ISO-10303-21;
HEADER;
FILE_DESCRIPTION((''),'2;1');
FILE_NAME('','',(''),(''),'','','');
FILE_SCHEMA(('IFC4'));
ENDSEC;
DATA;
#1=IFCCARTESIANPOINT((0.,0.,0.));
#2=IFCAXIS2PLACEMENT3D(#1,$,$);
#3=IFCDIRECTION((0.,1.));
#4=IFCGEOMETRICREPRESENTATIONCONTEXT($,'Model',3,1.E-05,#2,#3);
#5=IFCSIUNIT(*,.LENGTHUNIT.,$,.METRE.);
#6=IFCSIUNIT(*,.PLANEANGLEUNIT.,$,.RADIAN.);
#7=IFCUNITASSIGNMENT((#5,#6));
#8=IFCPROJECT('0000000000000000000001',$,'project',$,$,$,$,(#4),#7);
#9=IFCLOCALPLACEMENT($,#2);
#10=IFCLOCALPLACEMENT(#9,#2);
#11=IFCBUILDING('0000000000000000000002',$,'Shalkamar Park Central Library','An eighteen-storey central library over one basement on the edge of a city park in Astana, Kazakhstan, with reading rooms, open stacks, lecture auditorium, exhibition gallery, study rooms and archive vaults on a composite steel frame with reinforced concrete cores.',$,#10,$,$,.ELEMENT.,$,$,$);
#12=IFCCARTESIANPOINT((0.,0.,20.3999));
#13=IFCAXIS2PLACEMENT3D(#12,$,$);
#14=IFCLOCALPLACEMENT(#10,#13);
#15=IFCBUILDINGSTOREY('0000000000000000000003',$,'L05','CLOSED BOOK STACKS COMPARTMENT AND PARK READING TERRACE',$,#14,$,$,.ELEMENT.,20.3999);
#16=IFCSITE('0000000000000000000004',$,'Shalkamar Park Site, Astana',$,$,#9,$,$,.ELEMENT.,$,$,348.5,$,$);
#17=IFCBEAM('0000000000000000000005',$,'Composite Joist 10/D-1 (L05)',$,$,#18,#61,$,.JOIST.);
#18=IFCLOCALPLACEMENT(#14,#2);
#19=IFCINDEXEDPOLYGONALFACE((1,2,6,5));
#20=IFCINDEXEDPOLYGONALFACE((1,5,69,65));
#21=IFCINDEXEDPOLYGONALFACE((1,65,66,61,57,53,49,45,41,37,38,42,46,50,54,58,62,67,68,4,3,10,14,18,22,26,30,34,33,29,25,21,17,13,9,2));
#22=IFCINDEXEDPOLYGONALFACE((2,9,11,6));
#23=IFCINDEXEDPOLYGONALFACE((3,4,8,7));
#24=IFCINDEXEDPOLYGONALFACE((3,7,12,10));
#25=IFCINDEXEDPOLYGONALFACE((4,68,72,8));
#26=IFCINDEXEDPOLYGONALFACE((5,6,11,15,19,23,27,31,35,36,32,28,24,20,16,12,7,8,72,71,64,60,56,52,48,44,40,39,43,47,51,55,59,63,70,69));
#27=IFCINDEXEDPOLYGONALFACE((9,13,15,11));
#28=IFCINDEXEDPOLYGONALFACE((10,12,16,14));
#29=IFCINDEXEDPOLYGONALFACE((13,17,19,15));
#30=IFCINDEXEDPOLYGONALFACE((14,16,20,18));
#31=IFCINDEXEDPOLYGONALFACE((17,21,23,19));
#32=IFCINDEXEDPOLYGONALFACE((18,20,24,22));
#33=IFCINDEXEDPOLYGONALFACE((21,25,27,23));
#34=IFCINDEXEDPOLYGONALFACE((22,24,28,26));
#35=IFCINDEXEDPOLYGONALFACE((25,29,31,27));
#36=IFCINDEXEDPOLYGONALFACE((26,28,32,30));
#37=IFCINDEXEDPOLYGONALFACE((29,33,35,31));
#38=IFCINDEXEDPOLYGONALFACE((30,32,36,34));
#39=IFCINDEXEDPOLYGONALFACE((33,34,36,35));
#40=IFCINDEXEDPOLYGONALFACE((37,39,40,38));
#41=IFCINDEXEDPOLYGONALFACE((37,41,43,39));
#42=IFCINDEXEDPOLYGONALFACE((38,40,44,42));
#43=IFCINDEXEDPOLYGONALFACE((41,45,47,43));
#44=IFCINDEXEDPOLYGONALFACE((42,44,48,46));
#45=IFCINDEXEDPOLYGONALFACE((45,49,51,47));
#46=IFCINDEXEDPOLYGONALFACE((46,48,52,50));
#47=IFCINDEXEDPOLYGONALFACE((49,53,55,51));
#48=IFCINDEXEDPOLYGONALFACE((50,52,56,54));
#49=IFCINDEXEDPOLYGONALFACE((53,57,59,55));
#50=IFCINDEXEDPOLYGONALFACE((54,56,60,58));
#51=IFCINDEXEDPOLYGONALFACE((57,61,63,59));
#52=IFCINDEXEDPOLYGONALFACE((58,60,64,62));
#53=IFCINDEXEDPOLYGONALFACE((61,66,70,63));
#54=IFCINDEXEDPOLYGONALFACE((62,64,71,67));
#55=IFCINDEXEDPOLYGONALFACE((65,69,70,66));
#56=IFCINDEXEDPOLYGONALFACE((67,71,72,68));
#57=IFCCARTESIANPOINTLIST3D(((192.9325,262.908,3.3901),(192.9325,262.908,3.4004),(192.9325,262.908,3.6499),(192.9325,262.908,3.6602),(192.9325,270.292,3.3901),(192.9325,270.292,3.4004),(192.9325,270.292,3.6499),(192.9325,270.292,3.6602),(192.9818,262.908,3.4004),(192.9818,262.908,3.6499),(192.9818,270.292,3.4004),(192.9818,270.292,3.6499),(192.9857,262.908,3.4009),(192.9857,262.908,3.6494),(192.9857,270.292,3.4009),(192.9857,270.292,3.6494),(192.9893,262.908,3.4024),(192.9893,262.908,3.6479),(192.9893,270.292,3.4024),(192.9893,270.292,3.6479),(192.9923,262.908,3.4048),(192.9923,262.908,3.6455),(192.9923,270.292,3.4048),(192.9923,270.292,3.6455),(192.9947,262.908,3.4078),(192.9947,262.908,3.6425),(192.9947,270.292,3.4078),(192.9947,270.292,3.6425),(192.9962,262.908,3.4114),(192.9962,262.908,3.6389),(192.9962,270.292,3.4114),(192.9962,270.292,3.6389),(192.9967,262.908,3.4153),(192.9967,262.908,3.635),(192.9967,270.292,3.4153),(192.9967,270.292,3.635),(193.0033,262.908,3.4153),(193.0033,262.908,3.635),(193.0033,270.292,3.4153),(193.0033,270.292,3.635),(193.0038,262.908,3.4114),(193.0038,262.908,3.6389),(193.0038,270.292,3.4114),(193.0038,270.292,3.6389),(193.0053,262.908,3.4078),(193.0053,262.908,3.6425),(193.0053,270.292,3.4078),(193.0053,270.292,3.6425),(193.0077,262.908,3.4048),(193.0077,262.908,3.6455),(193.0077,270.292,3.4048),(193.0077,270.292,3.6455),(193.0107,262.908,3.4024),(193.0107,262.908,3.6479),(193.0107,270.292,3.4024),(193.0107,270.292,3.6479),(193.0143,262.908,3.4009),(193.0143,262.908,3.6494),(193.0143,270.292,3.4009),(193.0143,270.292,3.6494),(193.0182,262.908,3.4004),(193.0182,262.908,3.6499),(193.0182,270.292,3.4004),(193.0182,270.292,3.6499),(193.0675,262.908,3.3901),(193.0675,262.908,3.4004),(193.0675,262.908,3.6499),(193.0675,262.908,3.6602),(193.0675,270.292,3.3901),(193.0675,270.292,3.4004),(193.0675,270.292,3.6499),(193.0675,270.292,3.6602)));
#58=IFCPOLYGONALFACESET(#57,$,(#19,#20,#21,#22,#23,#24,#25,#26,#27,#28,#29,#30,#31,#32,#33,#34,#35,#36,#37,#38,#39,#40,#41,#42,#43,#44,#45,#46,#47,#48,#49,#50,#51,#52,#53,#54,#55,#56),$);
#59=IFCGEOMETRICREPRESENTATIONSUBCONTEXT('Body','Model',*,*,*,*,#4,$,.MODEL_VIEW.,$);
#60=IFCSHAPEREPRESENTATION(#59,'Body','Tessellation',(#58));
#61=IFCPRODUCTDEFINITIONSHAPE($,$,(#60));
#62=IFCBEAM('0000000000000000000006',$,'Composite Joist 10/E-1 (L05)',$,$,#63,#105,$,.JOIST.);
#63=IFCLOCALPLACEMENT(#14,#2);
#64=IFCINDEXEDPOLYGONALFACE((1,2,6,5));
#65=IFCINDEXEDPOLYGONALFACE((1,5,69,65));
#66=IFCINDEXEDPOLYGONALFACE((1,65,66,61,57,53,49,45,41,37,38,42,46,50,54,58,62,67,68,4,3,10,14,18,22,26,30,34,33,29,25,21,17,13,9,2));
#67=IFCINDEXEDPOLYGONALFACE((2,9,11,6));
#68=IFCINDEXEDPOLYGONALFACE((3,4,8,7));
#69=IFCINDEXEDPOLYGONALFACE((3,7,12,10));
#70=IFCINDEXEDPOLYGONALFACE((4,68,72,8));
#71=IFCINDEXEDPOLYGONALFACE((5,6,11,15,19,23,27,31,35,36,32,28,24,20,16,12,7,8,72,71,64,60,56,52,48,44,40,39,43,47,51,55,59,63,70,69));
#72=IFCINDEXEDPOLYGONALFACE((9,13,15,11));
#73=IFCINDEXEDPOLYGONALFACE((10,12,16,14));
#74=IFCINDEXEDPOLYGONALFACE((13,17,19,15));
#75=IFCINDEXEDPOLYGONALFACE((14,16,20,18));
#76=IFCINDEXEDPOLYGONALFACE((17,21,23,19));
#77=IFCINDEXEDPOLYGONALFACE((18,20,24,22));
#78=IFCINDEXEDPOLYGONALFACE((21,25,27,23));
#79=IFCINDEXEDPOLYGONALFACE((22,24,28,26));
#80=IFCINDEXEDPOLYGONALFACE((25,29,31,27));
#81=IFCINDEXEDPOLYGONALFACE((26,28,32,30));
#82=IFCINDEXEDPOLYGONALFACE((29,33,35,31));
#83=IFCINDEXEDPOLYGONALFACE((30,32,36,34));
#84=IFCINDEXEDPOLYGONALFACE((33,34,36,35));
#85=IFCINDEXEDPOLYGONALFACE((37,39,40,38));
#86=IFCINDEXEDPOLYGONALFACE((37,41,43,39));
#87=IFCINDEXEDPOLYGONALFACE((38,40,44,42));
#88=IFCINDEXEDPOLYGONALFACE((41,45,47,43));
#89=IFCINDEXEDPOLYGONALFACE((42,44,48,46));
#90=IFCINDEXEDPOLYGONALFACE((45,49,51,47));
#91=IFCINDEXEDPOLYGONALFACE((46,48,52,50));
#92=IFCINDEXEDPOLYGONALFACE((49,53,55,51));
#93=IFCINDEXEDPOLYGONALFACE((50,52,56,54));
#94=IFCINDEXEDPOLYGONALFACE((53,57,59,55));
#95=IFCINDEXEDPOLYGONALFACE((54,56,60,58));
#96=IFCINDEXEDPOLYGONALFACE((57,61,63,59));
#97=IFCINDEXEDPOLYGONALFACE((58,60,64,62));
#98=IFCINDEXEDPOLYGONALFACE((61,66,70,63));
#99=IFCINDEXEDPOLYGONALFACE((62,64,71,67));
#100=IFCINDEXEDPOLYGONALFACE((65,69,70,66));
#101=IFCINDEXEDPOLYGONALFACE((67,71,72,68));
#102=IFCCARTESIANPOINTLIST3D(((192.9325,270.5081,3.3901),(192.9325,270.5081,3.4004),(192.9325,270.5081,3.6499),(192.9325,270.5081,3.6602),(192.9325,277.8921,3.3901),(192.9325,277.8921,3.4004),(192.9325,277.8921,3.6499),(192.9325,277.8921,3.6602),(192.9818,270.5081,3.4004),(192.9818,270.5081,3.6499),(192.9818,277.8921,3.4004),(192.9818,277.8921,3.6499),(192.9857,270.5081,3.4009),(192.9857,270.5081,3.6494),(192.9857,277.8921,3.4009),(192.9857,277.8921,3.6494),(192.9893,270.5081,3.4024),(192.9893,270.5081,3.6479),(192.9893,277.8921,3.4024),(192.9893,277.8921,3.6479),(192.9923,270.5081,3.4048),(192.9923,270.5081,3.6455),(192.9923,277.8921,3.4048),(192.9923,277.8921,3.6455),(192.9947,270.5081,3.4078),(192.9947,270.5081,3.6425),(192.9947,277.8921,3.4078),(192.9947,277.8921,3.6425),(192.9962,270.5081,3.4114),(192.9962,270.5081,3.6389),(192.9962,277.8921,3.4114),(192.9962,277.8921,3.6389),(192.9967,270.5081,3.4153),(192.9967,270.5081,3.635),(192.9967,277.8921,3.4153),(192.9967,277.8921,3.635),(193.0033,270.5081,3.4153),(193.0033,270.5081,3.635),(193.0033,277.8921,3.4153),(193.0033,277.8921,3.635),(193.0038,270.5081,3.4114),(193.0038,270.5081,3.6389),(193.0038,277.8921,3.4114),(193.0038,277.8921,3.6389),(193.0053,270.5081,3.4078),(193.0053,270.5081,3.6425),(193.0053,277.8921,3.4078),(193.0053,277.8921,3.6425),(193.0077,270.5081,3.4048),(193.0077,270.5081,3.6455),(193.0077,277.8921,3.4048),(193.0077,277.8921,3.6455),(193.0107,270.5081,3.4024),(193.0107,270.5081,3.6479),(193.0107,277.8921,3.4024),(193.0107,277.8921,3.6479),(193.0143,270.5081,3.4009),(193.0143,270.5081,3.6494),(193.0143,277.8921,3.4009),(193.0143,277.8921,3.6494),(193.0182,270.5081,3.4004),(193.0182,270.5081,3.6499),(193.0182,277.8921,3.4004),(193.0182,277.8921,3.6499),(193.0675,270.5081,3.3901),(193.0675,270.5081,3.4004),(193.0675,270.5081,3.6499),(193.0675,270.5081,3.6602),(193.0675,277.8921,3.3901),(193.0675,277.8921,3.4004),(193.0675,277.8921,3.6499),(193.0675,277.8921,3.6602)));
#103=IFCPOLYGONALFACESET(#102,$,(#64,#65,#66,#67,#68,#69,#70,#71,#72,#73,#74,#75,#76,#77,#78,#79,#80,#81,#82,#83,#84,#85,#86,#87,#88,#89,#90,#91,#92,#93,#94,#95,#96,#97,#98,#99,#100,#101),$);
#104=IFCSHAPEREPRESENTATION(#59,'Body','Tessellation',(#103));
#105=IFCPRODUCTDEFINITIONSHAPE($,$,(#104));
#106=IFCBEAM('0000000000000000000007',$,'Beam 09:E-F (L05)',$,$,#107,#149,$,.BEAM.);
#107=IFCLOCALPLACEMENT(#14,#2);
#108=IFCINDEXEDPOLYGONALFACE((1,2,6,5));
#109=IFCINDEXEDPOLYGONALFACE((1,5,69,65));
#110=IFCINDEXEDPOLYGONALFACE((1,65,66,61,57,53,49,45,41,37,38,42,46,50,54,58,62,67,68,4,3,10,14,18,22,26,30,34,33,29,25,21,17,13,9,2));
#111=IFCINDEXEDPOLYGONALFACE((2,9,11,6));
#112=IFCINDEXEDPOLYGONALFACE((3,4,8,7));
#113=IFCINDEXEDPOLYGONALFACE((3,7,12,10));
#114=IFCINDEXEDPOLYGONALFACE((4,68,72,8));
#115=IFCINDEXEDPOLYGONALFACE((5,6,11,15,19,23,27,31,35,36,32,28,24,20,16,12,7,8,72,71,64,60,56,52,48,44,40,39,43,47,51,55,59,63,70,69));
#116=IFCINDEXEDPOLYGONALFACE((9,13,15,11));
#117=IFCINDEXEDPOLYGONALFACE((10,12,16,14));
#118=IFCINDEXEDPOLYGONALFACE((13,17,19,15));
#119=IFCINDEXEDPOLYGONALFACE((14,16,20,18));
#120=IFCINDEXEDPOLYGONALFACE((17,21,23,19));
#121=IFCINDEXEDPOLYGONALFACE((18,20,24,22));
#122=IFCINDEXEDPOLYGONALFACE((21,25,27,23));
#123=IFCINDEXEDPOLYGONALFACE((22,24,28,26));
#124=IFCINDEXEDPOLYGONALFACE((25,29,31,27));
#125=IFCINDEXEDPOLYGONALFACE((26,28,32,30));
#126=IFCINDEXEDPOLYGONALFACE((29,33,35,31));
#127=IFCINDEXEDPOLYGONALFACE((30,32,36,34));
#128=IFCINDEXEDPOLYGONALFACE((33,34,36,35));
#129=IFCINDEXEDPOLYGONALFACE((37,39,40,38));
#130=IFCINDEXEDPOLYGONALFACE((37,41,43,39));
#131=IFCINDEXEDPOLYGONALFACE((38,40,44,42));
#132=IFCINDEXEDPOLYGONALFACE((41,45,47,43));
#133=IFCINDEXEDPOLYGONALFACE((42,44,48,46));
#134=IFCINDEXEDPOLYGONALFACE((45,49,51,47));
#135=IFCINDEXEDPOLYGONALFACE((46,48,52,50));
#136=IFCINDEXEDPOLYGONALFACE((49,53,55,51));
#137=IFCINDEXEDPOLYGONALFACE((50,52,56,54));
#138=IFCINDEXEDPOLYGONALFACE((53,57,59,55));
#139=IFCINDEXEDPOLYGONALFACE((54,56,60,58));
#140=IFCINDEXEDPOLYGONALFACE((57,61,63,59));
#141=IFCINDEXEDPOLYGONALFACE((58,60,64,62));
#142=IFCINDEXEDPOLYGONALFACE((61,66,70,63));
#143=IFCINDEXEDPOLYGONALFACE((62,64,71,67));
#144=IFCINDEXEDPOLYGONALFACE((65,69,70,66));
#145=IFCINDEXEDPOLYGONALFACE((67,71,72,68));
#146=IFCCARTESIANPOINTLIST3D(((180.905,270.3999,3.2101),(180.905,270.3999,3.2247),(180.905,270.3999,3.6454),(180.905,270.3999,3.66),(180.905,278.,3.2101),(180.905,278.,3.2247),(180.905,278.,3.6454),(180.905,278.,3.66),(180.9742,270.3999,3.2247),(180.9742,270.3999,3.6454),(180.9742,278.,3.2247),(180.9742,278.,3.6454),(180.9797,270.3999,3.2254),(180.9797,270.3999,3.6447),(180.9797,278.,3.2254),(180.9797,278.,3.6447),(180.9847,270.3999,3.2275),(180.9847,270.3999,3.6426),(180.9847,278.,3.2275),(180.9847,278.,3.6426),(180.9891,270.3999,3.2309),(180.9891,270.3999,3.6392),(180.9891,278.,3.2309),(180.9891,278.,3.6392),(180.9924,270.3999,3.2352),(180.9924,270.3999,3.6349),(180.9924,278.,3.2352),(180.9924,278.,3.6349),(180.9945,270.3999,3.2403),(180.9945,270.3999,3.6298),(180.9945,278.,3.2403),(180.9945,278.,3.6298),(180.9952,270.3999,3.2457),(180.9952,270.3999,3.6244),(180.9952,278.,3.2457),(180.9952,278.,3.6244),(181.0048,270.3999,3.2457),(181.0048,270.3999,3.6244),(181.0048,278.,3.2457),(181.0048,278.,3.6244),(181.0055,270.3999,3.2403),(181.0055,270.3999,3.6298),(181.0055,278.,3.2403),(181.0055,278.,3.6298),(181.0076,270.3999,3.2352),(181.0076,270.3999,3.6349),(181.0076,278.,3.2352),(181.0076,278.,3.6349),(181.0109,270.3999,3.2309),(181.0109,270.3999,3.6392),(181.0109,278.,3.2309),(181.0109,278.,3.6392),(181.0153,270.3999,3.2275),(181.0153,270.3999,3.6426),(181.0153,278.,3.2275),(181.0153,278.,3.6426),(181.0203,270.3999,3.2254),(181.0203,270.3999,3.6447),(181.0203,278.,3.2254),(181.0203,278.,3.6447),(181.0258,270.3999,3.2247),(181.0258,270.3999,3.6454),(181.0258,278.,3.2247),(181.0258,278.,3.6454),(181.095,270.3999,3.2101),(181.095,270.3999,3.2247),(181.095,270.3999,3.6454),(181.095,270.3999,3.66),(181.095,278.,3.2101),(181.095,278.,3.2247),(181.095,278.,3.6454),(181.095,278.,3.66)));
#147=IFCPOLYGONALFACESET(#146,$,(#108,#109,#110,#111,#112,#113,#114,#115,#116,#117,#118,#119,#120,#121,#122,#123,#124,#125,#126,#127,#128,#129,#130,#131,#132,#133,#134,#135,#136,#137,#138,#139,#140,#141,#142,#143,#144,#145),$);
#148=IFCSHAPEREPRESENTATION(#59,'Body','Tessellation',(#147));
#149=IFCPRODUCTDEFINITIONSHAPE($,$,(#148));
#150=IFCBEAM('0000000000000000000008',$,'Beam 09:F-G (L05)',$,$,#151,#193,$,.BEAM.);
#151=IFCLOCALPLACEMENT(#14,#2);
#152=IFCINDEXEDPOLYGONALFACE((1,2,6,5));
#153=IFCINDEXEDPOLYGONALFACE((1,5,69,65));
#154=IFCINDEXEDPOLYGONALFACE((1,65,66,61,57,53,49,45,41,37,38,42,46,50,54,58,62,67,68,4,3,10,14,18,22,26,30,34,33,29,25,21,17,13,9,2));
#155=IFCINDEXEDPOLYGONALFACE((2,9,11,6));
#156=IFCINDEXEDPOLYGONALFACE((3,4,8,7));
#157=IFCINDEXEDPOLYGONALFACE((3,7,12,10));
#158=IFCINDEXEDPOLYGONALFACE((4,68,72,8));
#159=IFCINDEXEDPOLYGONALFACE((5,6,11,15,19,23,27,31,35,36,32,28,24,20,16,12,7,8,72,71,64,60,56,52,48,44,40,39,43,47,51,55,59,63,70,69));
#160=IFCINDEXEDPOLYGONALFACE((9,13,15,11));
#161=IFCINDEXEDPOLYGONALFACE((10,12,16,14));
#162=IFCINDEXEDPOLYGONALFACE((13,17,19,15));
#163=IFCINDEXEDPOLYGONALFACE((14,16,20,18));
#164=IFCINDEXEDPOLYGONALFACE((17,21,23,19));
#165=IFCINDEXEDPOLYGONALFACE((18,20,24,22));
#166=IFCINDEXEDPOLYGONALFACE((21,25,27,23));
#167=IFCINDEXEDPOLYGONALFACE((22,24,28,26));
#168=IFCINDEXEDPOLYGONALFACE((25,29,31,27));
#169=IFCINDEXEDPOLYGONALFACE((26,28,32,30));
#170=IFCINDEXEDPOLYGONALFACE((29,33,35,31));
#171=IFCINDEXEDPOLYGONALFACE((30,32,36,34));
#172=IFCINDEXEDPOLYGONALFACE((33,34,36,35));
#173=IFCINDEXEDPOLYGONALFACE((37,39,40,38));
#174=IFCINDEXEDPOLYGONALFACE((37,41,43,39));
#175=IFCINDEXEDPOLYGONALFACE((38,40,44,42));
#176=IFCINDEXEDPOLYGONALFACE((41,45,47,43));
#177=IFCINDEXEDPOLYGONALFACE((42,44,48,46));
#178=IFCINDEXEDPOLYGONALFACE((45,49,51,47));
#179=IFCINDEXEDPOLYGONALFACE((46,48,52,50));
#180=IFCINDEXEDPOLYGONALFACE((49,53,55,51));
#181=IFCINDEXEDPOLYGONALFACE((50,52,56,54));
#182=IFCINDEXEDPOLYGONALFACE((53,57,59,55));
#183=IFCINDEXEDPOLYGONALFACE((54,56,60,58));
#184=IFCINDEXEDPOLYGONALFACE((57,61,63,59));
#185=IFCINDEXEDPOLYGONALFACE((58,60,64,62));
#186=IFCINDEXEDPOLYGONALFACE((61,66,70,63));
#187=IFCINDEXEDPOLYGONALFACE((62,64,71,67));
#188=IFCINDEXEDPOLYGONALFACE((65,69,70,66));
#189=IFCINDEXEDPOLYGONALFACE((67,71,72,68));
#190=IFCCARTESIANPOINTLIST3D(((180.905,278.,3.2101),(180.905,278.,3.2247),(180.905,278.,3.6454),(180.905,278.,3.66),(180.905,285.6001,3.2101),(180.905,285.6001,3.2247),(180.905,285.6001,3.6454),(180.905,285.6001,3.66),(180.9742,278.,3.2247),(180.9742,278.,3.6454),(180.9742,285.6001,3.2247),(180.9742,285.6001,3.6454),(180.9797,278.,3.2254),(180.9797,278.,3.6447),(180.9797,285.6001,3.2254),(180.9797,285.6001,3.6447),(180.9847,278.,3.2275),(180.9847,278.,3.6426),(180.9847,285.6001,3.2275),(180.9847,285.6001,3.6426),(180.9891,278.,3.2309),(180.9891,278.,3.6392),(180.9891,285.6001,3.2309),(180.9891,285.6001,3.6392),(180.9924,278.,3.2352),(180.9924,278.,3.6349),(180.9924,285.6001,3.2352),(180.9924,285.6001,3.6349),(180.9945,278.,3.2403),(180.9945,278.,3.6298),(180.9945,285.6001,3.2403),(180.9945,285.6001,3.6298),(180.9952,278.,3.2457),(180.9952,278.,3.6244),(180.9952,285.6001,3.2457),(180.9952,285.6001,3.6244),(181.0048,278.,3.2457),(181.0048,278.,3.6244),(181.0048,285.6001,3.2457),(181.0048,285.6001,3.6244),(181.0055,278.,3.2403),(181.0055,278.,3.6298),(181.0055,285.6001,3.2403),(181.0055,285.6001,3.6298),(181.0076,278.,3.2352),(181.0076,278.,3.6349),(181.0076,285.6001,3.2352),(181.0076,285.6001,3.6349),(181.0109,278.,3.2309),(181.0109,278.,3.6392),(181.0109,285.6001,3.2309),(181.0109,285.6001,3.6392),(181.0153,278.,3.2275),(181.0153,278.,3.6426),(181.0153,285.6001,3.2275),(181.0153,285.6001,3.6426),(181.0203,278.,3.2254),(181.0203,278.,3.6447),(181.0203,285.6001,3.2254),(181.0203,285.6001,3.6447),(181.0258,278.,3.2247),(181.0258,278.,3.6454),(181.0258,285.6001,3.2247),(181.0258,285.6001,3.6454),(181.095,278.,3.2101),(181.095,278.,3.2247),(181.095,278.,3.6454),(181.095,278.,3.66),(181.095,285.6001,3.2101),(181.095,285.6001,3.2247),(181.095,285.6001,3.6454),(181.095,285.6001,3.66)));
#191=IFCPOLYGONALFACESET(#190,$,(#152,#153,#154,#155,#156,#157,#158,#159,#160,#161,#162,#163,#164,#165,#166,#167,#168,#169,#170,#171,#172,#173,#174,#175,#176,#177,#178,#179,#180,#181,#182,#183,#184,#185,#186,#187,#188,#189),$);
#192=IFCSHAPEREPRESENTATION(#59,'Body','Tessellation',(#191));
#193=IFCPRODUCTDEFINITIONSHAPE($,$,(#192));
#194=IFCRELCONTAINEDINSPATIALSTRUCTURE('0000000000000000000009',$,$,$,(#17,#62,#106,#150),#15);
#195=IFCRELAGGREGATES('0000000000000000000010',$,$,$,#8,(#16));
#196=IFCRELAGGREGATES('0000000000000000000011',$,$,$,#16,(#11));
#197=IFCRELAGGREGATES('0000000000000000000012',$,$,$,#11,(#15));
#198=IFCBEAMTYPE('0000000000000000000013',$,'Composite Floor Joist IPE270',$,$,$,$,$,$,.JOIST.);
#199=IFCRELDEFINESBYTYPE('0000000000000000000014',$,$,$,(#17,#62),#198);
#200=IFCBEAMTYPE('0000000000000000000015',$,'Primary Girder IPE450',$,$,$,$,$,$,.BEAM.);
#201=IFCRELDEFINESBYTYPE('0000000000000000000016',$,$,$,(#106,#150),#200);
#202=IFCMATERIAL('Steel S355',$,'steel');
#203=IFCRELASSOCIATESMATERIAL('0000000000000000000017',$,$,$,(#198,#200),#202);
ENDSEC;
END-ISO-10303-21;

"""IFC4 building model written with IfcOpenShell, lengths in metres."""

from ifc_helpers import new_model, si_unit, direction, frame, origin, origin_2d, place, context, subcontext, project, spatial, i_section, extrude, material, material_profile, profile_set, type_object, element, save


model = new_model("IFC4")

# Units and contexts
model_context = context("Model", 3, precision=1e-05, world=origin(), true_north=direction((0.0, 1.0)))
body_context = subcontext(model_context, "Body", "Model", "MODEL_VIEW")
ifc_project = project(units=[si_unit("LENGTHUNIT", "METRE"), si_unit("PLANEANGLEUNIT", "RADIAN")], contexts=[model_context])

# Site, building, storey
site_placement = place(None, origin())
site = spatial("IfcSite", under=ifc_project, at=site_placement, Name="Shalkamar Park Site, Astana", CompositionType="ELEMENT", RefElevation=348.5)
building_placement = place(site_placement, origin())
building = spatial("IfcBuilding", under=site, at=building_placement, Name="Shalkamar Park Central Library", Description="An eighteen-storey central library over one basement on the edge of a city park in Astana, Kazakhstan, with reading rooms, open stacks, lecture auditorium, exhibition gallery, study rooms and archive vaults on a composite steel frame with reinforced concrete cores.", CompositionType="ELEMENT")
storey_placement = place(building_placement, frame((0.0, 0.0, 20.3999)))
storey = spatial("IfcBuildingStorey", under=building, at=storey_placement, Name="L05", Description="CLOSED BOOK STACKS COMPARTMENT AND PARK READING TERRACE", CompositionType="ELEMENT", Elevation=20.3999)

# Shared definitions
ifc_material_1 = material(Name="Steel S355", Category="steel")

# Beams
ifc_material_profile_1 = material_profile(ifc_material_1, i_section(OverallWidth=0.135, OverallDepth=0.27, WebThickness=0.0066, FlangeThickness=0.0103, FilletRadius=0.0149, at=origin_2d()), Name="IPE 270")
ifc_profile_set_1 = profile_set([ifc_material_profile_1], Name="Steel S355")
beam_type_1 = type_object("IfcBeamType", Name="Composite Floor Joist IPE270", PredefinedType="JOIST", material=ifc_profile_set_1)
for number, where, z_axis, x_axis, name in (
    (1, (193.0, 262.908, 3.5251), (0.0, 1.0, 0.0), (-1.0, 0.0, 0.0), "Composite Joist 10/D-1 (L05)"),
    (2, (193.0, 270.5081, 3.5251), (0.0, 1.0, 0.0), (-1.0, 0.0, 0.0), "Composite Joist 10/E-1 (L05)"),
):
    element("IfcBeam", number, at=place(storey_placement, frame(where, z_axis=z_axis, x_axis=x_axis)), inside=storey, type_object=beam_type_1, Name=name, PredefinedType="JOIST", context=body_context, shape_type="SweptSolid", body=[
        extrude(i_section(OverallWidth=0.135, OverallDepth=0.27, WebThickness=0.0066, FlangeThickness=0.0103, FilletRadius=0.0149, at=origin_2d()), origin(), (0.0, 0.0, 1.0), 7.384),
    ])
ifc_material_profile_2 = material_profile(ifc_material_1, i_section(OverallWidth=0.1899, OverallDepth=0.45, WebThickness=0.0095, FlangeThickness=0.0146, FilletRadius=0.021, at=origin_2d()), Name="IPE 450")
ifc_profile_set_2 = profile_set([ifc_material_profile_2], Name="Steel S355")
beam_type_2 = type_object("IfcBeamType", Name="Primary Girder IPE450", PredefinedType="BEAM", material=ifc_profile_set_2)
for number, where, z_axis, x_axis, name in (
    (3, (181.0, 270.3999, 3.4351), (0.0, 1.0, 0.0), (-1.0, 0.0, 0.0), "Beam 09:E-F (L05)"),
    (4, (181.0, 278.0, 3.4351), (0.0, 1.0, 0.0), (-1.0, 0.0, 0.0), "Beam 09:F-G (L05)"),
):
    element("IfcBeam", number, at=place(storey_placement, frame(where, z_axis=z_axis, x_axis=x_axis)), inside=storey, type_object=beam_type_2, Name=name, PredefinedType="BEAM", context=body_context, shape_type="SweptSolid", body=[
        extrude(i_section(OverallWidth=0.1899, OverallDepth=0.45, WebThickness=0.0095, FlangeThickness=0.0146, FilletRadius=0.021, at=origin_2d()), origin(), (0.0, 0.0, 1.0), 7.6001),
    ])

save(model, "model.ifc")
